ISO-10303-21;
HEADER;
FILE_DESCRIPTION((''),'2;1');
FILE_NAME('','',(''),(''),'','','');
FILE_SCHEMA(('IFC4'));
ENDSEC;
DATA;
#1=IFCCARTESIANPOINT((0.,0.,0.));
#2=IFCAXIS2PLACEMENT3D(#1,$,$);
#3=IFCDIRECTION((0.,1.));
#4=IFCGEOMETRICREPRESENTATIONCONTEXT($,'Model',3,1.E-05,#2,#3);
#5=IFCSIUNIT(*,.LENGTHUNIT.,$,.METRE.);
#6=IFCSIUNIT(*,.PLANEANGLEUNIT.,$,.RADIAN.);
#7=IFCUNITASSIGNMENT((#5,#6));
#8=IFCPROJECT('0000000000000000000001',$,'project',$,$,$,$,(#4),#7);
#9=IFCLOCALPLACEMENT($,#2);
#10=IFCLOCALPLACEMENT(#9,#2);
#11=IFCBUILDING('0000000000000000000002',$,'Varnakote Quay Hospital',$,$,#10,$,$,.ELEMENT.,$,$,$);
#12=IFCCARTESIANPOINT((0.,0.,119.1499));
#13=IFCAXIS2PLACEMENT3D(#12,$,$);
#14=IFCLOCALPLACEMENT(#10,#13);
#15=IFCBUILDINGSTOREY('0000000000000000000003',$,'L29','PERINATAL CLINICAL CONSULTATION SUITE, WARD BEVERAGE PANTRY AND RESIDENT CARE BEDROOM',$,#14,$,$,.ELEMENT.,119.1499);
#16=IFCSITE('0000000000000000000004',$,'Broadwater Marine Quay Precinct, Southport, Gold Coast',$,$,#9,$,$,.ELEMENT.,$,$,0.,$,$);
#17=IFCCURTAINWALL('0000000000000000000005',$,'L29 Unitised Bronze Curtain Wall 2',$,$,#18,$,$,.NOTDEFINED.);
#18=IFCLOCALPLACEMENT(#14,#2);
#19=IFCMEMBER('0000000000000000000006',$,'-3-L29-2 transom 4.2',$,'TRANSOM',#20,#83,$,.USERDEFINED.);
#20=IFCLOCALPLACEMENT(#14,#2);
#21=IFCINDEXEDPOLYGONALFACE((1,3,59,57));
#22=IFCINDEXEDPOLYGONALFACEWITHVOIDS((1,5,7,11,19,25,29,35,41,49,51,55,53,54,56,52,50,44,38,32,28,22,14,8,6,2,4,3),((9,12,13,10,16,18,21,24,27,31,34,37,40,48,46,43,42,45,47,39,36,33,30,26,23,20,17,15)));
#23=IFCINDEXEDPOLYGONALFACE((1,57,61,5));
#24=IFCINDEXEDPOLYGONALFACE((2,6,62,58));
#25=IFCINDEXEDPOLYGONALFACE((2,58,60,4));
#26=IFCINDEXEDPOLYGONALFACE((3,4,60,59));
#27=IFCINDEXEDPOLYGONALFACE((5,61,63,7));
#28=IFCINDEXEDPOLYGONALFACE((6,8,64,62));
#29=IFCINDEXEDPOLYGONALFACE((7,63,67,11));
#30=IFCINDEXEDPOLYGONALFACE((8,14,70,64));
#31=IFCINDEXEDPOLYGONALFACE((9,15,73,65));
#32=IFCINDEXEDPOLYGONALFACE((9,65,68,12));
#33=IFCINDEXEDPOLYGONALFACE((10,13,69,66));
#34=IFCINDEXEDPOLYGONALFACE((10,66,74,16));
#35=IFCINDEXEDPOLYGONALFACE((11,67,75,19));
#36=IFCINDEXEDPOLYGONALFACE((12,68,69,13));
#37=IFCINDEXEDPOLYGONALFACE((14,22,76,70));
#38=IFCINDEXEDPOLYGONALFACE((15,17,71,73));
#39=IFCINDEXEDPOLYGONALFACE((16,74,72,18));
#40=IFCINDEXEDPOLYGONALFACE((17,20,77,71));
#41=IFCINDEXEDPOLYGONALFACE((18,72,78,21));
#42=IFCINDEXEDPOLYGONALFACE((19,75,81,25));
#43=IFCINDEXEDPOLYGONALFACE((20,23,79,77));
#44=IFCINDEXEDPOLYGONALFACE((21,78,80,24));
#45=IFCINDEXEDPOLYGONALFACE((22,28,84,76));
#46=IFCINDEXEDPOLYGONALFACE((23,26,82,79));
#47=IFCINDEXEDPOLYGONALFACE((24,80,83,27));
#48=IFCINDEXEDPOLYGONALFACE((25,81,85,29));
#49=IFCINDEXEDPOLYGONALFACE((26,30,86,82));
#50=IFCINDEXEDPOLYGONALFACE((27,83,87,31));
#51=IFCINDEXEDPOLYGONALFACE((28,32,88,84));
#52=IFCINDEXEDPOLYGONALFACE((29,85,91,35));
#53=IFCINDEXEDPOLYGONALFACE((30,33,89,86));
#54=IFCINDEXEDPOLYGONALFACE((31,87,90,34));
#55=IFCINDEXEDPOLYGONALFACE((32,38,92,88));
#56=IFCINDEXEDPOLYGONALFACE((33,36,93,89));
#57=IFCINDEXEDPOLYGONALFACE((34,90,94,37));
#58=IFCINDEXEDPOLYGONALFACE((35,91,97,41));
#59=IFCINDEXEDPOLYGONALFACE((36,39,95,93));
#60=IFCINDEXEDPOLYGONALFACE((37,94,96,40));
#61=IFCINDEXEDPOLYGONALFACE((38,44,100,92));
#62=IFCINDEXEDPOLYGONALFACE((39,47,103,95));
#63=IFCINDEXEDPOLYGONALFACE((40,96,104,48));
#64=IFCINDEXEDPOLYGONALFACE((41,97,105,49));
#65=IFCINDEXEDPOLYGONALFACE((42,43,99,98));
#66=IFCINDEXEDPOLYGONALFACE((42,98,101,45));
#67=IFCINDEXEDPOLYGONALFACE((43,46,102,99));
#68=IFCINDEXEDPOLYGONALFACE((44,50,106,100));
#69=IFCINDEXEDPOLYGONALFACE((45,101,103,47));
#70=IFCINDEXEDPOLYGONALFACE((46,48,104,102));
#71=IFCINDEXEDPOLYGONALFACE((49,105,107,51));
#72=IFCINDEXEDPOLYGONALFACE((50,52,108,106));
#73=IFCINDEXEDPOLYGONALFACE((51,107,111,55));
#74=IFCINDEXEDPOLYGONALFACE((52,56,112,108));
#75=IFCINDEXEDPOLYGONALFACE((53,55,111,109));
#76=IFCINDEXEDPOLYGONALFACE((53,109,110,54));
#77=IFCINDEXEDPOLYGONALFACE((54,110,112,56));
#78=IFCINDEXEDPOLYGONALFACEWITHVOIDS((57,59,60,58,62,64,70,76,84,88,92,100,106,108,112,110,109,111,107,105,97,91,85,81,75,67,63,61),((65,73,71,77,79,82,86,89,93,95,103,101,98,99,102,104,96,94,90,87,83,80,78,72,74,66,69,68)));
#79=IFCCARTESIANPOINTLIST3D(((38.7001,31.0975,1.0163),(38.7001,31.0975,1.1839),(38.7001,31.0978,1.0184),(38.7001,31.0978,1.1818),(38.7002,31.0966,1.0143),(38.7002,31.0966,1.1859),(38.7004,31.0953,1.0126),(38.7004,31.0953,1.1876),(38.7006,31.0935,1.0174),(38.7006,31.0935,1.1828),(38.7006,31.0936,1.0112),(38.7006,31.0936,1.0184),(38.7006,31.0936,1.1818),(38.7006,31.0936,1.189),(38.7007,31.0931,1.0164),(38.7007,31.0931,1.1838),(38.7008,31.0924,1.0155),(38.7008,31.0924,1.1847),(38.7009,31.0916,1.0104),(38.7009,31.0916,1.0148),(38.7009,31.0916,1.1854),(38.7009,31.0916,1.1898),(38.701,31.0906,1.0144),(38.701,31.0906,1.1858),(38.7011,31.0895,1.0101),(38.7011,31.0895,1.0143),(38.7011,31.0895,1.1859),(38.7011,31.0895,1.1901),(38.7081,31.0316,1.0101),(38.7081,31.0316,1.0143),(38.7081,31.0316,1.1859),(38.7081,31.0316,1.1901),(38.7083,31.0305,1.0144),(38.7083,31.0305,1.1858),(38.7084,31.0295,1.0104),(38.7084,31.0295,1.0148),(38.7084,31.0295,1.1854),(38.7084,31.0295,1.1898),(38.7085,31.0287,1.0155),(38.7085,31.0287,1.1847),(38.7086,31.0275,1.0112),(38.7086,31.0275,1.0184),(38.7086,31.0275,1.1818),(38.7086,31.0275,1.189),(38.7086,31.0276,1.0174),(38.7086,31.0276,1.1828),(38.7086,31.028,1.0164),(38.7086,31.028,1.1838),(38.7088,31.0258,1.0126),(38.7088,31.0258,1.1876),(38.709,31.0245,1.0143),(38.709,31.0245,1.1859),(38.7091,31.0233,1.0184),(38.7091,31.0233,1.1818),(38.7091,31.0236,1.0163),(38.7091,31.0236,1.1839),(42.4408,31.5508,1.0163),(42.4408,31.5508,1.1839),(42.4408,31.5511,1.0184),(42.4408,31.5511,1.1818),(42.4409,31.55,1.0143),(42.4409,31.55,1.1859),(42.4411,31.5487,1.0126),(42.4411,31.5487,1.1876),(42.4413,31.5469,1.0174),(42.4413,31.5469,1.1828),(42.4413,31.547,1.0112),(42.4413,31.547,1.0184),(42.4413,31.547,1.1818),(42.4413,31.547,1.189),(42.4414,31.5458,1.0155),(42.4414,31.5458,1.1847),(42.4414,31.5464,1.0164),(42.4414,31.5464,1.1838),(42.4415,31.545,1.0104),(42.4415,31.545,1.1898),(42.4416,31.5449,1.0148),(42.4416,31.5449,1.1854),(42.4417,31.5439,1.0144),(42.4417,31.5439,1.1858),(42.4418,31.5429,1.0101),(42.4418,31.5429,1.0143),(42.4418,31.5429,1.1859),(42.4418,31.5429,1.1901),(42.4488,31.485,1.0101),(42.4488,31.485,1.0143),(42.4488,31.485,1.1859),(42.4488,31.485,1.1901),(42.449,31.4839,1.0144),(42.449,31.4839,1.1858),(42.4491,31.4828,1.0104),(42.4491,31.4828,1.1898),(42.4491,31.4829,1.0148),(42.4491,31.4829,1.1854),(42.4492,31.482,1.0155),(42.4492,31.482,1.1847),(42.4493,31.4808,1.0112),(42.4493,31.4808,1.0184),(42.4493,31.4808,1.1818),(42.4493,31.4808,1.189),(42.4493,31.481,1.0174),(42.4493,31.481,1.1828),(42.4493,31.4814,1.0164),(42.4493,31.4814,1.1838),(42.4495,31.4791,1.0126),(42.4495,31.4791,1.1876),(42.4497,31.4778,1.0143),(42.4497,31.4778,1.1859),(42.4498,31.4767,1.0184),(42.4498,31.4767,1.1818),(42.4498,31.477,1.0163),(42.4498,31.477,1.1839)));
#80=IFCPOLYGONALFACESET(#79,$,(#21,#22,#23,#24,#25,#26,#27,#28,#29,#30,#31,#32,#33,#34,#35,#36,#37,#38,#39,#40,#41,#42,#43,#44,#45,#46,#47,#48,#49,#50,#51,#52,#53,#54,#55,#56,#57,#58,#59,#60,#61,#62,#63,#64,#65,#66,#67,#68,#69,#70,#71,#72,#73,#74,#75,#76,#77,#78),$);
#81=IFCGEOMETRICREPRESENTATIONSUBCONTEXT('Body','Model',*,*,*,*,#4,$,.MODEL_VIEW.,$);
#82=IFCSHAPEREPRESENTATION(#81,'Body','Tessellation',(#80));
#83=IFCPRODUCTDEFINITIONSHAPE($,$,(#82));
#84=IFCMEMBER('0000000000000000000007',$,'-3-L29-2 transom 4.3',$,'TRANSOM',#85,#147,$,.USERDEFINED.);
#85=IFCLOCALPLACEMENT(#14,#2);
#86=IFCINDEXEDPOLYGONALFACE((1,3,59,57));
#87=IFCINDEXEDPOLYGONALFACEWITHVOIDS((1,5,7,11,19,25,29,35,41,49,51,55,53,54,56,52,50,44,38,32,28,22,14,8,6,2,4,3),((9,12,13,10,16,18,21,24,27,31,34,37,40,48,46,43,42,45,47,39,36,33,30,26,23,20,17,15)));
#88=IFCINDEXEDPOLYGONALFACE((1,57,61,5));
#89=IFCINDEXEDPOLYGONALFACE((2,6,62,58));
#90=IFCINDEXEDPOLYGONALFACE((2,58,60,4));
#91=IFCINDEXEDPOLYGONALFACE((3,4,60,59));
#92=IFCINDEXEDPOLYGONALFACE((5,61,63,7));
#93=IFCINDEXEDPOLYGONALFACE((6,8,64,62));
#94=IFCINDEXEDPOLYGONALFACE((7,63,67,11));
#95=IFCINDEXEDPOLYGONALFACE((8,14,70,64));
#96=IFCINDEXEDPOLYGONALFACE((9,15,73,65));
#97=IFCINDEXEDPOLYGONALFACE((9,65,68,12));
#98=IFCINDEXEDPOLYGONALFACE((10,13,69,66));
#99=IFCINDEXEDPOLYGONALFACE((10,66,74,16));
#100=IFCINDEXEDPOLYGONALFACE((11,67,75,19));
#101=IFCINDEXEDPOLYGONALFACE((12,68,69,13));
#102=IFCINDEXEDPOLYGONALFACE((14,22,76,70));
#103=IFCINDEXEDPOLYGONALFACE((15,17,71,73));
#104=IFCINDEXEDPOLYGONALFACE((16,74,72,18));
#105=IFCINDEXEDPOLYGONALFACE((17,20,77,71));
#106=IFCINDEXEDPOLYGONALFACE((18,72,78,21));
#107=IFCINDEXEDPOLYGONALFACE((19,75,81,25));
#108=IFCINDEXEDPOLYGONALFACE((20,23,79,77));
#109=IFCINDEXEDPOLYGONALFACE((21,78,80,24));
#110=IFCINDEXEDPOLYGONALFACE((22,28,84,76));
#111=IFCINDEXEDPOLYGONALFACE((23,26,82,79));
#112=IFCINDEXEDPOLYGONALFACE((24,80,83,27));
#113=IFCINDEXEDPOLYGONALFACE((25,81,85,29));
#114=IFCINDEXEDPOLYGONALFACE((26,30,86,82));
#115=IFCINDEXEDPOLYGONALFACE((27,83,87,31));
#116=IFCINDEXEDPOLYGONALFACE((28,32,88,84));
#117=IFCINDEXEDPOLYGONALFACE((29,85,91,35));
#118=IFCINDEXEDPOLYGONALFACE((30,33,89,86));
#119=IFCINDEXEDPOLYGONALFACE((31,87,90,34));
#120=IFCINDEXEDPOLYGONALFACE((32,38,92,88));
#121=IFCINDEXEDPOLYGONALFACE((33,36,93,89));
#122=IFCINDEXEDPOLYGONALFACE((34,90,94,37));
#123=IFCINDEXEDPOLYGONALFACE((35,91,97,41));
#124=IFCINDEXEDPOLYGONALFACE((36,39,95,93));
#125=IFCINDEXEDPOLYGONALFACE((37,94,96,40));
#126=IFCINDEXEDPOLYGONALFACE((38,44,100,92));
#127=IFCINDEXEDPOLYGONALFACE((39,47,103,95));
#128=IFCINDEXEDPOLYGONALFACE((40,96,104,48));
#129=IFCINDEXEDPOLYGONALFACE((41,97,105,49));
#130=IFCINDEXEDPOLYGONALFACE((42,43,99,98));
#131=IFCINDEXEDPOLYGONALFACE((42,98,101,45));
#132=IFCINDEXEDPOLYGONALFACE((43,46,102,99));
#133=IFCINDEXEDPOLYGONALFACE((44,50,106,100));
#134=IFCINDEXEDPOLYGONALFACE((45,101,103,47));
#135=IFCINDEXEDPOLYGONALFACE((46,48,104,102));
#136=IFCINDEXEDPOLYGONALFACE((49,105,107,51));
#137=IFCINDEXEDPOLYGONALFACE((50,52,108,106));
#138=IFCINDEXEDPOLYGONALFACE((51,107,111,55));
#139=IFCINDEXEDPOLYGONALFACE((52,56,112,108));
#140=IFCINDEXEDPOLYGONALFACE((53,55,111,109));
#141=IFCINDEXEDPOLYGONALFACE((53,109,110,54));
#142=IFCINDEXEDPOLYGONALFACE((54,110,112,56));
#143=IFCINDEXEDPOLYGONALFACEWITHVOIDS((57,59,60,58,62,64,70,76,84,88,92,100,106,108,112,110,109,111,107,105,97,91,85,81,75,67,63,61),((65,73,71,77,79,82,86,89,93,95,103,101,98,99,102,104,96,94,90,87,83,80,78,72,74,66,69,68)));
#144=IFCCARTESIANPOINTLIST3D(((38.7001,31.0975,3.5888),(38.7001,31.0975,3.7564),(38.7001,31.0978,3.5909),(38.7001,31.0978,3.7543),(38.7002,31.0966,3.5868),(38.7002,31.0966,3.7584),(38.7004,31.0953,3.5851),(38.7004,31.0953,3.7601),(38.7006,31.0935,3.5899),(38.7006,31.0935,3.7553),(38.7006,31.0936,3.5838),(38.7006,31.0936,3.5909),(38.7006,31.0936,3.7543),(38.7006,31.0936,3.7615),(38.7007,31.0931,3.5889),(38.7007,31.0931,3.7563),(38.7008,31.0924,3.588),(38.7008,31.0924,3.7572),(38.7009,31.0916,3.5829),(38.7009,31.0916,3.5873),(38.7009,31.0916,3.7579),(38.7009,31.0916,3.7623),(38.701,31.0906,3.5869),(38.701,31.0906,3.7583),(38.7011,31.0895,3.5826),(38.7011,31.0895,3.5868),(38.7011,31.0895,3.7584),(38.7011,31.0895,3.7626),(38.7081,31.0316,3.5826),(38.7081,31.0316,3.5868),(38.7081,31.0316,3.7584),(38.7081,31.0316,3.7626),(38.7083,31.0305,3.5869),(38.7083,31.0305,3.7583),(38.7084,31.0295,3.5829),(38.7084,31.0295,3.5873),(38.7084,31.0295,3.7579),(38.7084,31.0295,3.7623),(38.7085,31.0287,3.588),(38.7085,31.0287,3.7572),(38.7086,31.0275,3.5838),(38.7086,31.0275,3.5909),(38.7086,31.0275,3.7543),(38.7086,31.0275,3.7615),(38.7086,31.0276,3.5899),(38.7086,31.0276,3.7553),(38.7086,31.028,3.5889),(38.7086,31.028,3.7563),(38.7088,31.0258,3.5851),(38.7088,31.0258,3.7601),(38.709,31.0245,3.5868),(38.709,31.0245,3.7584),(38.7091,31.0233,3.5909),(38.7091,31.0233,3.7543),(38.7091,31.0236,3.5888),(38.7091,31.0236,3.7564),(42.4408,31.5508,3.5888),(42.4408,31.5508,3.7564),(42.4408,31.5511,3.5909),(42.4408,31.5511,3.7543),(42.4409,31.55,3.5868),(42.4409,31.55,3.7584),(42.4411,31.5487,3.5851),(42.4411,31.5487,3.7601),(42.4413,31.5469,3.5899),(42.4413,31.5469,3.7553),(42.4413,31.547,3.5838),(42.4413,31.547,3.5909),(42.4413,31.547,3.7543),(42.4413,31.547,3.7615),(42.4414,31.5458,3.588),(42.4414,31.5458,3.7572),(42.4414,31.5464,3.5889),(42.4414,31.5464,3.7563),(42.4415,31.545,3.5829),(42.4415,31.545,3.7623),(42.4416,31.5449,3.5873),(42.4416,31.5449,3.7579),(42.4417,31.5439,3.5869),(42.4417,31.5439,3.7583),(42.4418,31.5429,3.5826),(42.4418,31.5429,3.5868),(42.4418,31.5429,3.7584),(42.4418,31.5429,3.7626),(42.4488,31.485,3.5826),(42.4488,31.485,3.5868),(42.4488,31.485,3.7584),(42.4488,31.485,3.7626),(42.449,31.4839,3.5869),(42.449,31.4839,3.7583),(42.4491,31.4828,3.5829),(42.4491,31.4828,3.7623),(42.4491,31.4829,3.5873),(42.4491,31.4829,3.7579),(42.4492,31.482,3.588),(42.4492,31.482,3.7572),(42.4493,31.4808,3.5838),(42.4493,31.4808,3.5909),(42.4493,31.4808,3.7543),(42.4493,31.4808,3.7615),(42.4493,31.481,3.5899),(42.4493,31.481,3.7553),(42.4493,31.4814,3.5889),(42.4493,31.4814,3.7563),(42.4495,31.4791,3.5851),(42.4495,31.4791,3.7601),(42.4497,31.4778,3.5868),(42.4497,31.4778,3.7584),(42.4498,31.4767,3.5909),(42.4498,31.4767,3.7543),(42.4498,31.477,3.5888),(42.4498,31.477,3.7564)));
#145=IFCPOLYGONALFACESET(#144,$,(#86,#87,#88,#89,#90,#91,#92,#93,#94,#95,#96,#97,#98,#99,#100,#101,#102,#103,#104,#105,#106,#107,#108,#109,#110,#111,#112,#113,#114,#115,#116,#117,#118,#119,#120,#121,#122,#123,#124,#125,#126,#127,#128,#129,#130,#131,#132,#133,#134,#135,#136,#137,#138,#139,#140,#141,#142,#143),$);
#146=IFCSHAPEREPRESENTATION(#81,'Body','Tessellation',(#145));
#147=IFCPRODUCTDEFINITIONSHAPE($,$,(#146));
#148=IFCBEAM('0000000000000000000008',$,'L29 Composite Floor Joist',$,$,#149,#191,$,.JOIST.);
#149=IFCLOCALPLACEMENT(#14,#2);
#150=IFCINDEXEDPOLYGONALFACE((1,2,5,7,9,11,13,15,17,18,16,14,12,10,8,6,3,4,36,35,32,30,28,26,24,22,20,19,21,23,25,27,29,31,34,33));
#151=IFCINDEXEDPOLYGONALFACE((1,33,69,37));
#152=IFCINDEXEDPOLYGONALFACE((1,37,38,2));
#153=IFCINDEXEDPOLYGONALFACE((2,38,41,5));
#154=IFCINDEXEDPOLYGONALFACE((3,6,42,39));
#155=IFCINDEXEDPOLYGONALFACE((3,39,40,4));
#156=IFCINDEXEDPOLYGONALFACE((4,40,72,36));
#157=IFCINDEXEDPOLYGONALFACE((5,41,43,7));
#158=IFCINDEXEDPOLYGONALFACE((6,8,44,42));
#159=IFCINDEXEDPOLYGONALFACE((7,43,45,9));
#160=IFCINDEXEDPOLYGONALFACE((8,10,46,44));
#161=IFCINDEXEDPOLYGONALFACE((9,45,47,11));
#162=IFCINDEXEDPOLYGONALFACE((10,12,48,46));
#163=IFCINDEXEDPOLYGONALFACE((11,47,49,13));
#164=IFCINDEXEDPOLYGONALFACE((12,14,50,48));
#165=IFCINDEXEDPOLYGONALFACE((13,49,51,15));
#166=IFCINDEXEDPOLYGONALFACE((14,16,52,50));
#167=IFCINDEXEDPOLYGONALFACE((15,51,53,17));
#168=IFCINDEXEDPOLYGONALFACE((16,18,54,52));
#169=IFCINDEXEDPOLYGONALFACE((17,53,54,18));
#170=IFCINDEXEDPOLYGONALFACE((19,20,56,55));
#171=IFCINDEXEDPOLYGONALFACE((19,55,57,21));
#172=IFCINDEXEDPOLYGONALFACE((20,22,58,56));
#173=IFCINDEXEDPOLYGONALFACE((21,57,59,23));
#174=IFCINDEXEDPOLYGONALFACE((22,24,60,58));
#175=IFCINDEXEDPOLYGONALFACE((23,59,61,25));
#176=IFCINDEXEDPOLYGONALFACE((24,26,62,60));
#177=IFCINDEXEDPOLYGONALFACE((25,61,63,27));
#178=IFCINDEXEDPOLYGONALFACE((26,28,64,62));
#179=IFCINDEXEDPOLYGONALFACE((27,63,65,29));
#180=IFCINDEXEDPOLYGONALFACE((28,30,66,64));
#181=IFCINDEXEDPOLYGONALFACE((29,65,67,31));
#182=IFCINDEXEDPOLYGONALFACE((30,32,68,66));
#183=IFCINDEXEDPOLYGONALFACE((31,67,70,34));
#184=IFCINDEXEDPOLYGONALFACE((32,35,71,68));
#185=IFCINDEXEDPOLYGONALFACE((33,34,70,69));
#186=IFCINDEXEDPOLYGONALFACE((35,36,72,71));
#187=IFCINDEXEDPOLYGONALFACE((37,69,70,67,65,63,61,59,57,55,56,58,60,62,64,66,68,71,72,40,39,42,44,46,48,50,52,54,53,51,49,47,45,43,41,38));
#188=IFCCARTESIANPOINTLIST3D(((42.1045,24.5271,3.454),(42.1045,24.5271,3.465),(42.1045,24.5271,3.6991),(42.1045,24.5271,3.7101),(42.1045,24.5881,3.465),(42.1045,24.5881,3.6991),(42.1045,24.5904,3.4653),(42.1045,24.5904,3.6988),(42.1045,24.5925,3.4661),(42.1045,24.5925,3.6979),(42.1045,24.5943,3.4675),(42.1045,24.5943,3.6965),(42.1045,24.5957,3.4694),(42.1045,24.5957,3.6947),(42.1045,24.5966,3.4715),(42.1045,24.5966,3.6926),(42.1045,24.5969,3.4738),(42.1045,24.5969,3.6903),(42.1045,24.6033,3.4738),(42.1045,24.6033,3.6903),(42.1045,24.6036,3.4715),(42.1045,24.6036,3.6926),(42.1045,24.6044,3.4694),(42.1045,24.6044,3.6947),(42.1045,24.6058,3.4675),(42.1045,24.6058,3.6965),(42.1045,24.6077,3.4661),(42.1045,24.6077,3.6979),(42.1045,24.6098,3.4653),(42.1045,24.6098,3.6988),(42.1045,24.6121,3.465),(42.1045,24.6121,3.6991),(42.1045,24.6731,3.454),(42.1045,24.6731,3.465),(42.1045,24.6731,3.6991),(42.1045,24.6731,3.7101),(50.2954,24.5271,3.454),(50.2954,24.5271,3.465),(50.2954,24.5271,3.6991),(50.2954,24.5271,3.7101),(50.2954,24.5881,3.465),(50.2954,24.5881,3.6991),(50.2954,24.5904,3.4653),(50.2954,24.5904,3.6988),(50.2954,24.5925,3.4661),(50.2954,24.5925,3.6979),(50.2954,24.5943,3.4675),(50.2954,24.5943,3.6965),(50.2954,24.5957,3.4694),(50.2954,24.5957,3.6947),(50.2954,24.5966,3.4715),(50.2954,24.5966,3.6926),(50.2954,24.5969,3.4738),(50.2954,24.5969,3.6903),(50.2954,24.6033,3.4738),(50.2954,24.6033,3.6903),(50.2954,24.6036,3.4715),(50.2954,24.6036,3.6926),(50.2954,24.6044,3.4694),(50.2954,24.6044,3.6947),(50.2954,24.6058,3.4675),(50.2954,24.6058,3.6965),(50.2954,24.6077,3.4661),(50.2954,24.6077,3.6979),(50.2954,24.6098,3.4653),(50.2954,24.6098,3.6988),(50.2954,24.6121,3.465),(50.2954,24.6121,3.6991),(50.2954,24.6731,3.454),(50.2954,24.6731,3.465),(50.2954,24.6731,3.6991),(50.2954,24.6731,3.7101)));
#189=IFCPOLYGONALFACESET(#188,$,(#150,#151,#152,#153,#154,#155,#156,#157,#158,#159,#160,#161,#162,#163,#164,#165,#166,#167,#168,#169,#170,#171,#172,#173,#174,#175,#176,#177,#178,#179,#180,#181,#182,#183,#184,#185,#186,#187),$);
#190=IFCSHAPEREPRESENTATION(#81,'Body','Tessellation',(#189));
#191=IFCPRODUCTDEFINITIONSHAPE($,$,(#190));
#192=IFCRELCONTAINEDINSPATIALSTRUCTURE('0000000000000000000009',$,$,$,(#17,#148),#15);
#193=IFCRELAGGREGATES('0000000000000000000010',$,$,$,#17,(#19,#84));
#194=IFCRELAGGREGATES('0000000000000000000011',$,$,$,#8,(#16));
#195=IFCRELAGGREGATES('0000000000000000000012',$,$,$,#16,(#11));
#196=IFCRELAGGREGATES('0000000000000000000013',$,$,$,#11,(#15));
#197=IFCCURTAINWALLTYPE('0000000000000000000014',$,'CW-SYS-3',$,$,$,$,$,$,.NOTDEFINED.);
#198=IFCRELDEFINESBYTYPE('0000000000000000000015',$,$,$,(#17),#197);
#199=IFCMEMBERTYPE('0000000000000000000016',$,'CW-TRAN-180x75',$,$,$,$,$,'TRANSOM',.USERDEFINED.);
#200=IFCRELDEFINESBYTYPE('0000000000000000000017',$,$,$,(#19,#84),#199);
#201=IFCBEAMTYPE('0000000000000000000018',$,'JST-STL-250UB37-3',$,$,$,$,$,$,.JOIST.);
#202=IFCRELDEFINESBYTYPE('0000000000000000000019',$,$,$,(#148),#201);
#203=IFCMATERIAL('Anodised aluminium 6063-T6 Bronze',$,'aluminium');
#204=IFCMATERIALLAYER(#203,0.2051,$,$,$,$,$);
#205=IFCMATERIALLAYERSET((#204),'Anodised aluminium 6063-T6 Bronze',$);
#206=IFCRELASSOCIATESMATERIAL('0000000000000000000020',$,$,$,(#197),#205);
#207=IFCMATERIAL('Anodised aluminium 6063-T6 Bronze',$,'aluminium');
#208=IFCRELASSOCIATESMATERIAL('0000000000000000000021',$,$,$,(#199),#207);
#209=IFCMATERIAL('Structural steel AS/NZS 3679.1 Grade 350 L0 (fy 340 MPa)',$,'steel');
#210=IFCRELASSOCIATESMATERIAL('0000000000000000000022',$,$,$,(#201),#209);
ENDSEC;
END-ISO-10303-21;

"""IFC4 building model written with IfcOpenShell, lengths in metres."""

from ifc_helpers import new_model, si_unit, direction, frame, origin, origin_2d, place, context, subcontext, project, spatial, hollow_rectangle, i_section, extrude, material, layer, layer_set, material_profile, profile_set, type_object, element, aggregate, save


model = new_model("IFC4")

# Units and contexts
model_context = context("Model", 3, precision=1e-05, world=origin(), true_north=direction((0.0, 1.0)))
body_context = subcontext(model_context, "Body", "Model", "MODEL_VIEW")
ifc_project = project(units=[si_unit("LENGTHUNIT", "METRE"), si_unit("PLANEANGLEUNIT", "RADIAN")], contexts=[model_context])

# Site, building, storey
site_placement = place(None, origin())
site = spatial("IfcSite", under=ifc_project, at=site_placement, Name="Broadwater Marine Quay Precinct, Southport, Gold Coast", CompositionType="ELEMENT", RefElevation=0.0)
building_placement = place(site_placement, origin())
building = spatial("IfcBuilding", under=site, at=building_placement, Name="Varnakote Quay Hospital", CompositionType="ELEMENT")
storey_placement = place(building_placement, frame((0.0, 0.0, 119.1499)))
storey = spatial("IfcBuildingStorey", under=building, at=storey_placement, Name="L29", Description="PERINATAL CLINICAL CONSULTATION SUITE, WARD BEVERAGE PANTRY AND RESIDENT CARE BEDROOM", CompositionType="ELEMENT", Elevation=119.1499)

# Curtain wall, members
ifc_material_1 = material(Name="Anodised aluminium 6063-T6 Bronze", Category="aluminium")
ifc_layer_1 = layer(ifc_material_1, 0.2051)
ifc_layer_set_1 = layer_set([ifc_layer_1], Name="Anodised aluminium 6063-T6 Bronze")
curtain_wall_type = type_object("IfcCurtainWallType", Name="CW-SYS-3", PredefinedType="NOTDEFINED", material=ifc_layer_set_1)
curtain_wall_placement = place(storey_placement, origin())
curtain_wall = element("IfcCurtainWall", 1, at=curtain_wall_placement, inside=storey, type_object=curtain_wall_type, Name="L29 Unitised Bronze Curtain Wall 2", PredefinedType="NOTDEFINED")
ifc_material_2 = material(Name="Anodised aluminium 6063-T6 Bronze", Category="aluminium")
ifc_material_profile_1 = material_profile(ifc_material_2, hollow_rectangle(XDim=0.075, YDim=0.1799, WallThickness=0.0042, InnerFilletRadius=0.0042, OuterFilletRadius=0.0083, at=origin_2d()), Name="CW-TRAN-180x75")
ifc_profile_set_1 = profile_set([ifc_material_profile_1], Name="Anodised aluminium 6063-T6 Bronze")
member_type_1 = type_object("IfcMemberType", Name="CW-TRAN-180x75", ElementType="TRANSOM", PredefinedType="USERDEFINED", material=ifc_profile_set_1)
member_1_placement = place(storey_placement, frame((42.4453, 31.5139, 1.1001), z_axis=(-0.992735, -0.120318, 0.0), x_axis=(0.120318, -0.992735, 0.0)))
member_1 = element("IfcMember", 2, at=member_1_placement, type_object=member_type_1, Name="-3-L29-2 transom 4.2", ObjectType="TRANSOM", PredefinedType="USERDEFINED", context=body_context, shape_type="SweptSolid", body=[
    extrude(hollow_rectangle(XDim=0.075, YDim=0.1799, WallThickness=0.0042, InnerFilletRadius=0.0042, OuterFilletRadius=0.0083, at=origin_2d()), origin(), (0.0, 0.0, 1.0), 3.7681),
])
member_2_placement = place(storey_placement, frame((42.4453, 31.5139, 3.6726), z_axis=(-0.992735, -0.120318, 0.0), x_axis=(0.120318, -0.992735, 0.0)))
member_2 = element("IfcMember", 3, at=member_2_placement, type_object=member_type_1, Name="-3-L29-2 transom 4.3", ObjectType="TRANSOM", PredefinedType="USERDEFINED", context=body_context, shape_type="SweptSolid", body=[
    extrude(hollow_rectangle(XDim=0.075, YDim=0.1799, WallThickness=0.0042, InnerFilletRadius=0.0042, OuterFilletRadius=0.0083, at=origin_2d()), origin(), (0.0, 0.0, 1.0), 3.7681),
])

# Beam
ifc_material_3 = material(Name="Structural steel AS/NZS 3679.1 Grade 350 L0 (fy 340 MPa)", Category="steel")
ifc_material_profile_2 = material_profile(ifc_material_3, i_section(OverallWidth=0.146, OverallDepth=0.2561, WebThickness=0.0063, FlangeThickness=0.011, FilletRadius=0.0088, at=origin_2d()), Name="250UB37.3")
ifc_profile_set_2 = profile_set([ifc_material_profile_2], Name="Structural steel AS/NZS 3679.1 Grade 350 L0 (fy 340 MPa)")
beam_type_1 = type_object("IfcBeamType", Name="JST-STL-250UB37-3", PredefinedType="JOIST", material=ifc_profile_set_2)
beam_1_placement = place(storey_placement, frame((42.1045, 24.6001, 3.582), z_axis=(1.0, 0.0, 0.0), x_axis=(0.0, 1.0, 0.0)))
element("IfcBeam", 4, at=beam_1_placement, inside=storey, type_object=beam_type_1, Name="L29 Composite Floor Joist", PredefinedType="JOIST", context=body_context, shape_type="SweptSolid", body=[
    extrude(i_section(OverallWidth=0.146, OverallDepth=0.2561, WebThickness=0.0063, FlangeThickness=0.011, FilletRadius=0.0088, at=origin_2d()), origin(), (0.0, 0.0, 1.0), 8.1909),
])

aggregate(curtain_wall, [member_1, member_2])

save(model, "model.ifc")
